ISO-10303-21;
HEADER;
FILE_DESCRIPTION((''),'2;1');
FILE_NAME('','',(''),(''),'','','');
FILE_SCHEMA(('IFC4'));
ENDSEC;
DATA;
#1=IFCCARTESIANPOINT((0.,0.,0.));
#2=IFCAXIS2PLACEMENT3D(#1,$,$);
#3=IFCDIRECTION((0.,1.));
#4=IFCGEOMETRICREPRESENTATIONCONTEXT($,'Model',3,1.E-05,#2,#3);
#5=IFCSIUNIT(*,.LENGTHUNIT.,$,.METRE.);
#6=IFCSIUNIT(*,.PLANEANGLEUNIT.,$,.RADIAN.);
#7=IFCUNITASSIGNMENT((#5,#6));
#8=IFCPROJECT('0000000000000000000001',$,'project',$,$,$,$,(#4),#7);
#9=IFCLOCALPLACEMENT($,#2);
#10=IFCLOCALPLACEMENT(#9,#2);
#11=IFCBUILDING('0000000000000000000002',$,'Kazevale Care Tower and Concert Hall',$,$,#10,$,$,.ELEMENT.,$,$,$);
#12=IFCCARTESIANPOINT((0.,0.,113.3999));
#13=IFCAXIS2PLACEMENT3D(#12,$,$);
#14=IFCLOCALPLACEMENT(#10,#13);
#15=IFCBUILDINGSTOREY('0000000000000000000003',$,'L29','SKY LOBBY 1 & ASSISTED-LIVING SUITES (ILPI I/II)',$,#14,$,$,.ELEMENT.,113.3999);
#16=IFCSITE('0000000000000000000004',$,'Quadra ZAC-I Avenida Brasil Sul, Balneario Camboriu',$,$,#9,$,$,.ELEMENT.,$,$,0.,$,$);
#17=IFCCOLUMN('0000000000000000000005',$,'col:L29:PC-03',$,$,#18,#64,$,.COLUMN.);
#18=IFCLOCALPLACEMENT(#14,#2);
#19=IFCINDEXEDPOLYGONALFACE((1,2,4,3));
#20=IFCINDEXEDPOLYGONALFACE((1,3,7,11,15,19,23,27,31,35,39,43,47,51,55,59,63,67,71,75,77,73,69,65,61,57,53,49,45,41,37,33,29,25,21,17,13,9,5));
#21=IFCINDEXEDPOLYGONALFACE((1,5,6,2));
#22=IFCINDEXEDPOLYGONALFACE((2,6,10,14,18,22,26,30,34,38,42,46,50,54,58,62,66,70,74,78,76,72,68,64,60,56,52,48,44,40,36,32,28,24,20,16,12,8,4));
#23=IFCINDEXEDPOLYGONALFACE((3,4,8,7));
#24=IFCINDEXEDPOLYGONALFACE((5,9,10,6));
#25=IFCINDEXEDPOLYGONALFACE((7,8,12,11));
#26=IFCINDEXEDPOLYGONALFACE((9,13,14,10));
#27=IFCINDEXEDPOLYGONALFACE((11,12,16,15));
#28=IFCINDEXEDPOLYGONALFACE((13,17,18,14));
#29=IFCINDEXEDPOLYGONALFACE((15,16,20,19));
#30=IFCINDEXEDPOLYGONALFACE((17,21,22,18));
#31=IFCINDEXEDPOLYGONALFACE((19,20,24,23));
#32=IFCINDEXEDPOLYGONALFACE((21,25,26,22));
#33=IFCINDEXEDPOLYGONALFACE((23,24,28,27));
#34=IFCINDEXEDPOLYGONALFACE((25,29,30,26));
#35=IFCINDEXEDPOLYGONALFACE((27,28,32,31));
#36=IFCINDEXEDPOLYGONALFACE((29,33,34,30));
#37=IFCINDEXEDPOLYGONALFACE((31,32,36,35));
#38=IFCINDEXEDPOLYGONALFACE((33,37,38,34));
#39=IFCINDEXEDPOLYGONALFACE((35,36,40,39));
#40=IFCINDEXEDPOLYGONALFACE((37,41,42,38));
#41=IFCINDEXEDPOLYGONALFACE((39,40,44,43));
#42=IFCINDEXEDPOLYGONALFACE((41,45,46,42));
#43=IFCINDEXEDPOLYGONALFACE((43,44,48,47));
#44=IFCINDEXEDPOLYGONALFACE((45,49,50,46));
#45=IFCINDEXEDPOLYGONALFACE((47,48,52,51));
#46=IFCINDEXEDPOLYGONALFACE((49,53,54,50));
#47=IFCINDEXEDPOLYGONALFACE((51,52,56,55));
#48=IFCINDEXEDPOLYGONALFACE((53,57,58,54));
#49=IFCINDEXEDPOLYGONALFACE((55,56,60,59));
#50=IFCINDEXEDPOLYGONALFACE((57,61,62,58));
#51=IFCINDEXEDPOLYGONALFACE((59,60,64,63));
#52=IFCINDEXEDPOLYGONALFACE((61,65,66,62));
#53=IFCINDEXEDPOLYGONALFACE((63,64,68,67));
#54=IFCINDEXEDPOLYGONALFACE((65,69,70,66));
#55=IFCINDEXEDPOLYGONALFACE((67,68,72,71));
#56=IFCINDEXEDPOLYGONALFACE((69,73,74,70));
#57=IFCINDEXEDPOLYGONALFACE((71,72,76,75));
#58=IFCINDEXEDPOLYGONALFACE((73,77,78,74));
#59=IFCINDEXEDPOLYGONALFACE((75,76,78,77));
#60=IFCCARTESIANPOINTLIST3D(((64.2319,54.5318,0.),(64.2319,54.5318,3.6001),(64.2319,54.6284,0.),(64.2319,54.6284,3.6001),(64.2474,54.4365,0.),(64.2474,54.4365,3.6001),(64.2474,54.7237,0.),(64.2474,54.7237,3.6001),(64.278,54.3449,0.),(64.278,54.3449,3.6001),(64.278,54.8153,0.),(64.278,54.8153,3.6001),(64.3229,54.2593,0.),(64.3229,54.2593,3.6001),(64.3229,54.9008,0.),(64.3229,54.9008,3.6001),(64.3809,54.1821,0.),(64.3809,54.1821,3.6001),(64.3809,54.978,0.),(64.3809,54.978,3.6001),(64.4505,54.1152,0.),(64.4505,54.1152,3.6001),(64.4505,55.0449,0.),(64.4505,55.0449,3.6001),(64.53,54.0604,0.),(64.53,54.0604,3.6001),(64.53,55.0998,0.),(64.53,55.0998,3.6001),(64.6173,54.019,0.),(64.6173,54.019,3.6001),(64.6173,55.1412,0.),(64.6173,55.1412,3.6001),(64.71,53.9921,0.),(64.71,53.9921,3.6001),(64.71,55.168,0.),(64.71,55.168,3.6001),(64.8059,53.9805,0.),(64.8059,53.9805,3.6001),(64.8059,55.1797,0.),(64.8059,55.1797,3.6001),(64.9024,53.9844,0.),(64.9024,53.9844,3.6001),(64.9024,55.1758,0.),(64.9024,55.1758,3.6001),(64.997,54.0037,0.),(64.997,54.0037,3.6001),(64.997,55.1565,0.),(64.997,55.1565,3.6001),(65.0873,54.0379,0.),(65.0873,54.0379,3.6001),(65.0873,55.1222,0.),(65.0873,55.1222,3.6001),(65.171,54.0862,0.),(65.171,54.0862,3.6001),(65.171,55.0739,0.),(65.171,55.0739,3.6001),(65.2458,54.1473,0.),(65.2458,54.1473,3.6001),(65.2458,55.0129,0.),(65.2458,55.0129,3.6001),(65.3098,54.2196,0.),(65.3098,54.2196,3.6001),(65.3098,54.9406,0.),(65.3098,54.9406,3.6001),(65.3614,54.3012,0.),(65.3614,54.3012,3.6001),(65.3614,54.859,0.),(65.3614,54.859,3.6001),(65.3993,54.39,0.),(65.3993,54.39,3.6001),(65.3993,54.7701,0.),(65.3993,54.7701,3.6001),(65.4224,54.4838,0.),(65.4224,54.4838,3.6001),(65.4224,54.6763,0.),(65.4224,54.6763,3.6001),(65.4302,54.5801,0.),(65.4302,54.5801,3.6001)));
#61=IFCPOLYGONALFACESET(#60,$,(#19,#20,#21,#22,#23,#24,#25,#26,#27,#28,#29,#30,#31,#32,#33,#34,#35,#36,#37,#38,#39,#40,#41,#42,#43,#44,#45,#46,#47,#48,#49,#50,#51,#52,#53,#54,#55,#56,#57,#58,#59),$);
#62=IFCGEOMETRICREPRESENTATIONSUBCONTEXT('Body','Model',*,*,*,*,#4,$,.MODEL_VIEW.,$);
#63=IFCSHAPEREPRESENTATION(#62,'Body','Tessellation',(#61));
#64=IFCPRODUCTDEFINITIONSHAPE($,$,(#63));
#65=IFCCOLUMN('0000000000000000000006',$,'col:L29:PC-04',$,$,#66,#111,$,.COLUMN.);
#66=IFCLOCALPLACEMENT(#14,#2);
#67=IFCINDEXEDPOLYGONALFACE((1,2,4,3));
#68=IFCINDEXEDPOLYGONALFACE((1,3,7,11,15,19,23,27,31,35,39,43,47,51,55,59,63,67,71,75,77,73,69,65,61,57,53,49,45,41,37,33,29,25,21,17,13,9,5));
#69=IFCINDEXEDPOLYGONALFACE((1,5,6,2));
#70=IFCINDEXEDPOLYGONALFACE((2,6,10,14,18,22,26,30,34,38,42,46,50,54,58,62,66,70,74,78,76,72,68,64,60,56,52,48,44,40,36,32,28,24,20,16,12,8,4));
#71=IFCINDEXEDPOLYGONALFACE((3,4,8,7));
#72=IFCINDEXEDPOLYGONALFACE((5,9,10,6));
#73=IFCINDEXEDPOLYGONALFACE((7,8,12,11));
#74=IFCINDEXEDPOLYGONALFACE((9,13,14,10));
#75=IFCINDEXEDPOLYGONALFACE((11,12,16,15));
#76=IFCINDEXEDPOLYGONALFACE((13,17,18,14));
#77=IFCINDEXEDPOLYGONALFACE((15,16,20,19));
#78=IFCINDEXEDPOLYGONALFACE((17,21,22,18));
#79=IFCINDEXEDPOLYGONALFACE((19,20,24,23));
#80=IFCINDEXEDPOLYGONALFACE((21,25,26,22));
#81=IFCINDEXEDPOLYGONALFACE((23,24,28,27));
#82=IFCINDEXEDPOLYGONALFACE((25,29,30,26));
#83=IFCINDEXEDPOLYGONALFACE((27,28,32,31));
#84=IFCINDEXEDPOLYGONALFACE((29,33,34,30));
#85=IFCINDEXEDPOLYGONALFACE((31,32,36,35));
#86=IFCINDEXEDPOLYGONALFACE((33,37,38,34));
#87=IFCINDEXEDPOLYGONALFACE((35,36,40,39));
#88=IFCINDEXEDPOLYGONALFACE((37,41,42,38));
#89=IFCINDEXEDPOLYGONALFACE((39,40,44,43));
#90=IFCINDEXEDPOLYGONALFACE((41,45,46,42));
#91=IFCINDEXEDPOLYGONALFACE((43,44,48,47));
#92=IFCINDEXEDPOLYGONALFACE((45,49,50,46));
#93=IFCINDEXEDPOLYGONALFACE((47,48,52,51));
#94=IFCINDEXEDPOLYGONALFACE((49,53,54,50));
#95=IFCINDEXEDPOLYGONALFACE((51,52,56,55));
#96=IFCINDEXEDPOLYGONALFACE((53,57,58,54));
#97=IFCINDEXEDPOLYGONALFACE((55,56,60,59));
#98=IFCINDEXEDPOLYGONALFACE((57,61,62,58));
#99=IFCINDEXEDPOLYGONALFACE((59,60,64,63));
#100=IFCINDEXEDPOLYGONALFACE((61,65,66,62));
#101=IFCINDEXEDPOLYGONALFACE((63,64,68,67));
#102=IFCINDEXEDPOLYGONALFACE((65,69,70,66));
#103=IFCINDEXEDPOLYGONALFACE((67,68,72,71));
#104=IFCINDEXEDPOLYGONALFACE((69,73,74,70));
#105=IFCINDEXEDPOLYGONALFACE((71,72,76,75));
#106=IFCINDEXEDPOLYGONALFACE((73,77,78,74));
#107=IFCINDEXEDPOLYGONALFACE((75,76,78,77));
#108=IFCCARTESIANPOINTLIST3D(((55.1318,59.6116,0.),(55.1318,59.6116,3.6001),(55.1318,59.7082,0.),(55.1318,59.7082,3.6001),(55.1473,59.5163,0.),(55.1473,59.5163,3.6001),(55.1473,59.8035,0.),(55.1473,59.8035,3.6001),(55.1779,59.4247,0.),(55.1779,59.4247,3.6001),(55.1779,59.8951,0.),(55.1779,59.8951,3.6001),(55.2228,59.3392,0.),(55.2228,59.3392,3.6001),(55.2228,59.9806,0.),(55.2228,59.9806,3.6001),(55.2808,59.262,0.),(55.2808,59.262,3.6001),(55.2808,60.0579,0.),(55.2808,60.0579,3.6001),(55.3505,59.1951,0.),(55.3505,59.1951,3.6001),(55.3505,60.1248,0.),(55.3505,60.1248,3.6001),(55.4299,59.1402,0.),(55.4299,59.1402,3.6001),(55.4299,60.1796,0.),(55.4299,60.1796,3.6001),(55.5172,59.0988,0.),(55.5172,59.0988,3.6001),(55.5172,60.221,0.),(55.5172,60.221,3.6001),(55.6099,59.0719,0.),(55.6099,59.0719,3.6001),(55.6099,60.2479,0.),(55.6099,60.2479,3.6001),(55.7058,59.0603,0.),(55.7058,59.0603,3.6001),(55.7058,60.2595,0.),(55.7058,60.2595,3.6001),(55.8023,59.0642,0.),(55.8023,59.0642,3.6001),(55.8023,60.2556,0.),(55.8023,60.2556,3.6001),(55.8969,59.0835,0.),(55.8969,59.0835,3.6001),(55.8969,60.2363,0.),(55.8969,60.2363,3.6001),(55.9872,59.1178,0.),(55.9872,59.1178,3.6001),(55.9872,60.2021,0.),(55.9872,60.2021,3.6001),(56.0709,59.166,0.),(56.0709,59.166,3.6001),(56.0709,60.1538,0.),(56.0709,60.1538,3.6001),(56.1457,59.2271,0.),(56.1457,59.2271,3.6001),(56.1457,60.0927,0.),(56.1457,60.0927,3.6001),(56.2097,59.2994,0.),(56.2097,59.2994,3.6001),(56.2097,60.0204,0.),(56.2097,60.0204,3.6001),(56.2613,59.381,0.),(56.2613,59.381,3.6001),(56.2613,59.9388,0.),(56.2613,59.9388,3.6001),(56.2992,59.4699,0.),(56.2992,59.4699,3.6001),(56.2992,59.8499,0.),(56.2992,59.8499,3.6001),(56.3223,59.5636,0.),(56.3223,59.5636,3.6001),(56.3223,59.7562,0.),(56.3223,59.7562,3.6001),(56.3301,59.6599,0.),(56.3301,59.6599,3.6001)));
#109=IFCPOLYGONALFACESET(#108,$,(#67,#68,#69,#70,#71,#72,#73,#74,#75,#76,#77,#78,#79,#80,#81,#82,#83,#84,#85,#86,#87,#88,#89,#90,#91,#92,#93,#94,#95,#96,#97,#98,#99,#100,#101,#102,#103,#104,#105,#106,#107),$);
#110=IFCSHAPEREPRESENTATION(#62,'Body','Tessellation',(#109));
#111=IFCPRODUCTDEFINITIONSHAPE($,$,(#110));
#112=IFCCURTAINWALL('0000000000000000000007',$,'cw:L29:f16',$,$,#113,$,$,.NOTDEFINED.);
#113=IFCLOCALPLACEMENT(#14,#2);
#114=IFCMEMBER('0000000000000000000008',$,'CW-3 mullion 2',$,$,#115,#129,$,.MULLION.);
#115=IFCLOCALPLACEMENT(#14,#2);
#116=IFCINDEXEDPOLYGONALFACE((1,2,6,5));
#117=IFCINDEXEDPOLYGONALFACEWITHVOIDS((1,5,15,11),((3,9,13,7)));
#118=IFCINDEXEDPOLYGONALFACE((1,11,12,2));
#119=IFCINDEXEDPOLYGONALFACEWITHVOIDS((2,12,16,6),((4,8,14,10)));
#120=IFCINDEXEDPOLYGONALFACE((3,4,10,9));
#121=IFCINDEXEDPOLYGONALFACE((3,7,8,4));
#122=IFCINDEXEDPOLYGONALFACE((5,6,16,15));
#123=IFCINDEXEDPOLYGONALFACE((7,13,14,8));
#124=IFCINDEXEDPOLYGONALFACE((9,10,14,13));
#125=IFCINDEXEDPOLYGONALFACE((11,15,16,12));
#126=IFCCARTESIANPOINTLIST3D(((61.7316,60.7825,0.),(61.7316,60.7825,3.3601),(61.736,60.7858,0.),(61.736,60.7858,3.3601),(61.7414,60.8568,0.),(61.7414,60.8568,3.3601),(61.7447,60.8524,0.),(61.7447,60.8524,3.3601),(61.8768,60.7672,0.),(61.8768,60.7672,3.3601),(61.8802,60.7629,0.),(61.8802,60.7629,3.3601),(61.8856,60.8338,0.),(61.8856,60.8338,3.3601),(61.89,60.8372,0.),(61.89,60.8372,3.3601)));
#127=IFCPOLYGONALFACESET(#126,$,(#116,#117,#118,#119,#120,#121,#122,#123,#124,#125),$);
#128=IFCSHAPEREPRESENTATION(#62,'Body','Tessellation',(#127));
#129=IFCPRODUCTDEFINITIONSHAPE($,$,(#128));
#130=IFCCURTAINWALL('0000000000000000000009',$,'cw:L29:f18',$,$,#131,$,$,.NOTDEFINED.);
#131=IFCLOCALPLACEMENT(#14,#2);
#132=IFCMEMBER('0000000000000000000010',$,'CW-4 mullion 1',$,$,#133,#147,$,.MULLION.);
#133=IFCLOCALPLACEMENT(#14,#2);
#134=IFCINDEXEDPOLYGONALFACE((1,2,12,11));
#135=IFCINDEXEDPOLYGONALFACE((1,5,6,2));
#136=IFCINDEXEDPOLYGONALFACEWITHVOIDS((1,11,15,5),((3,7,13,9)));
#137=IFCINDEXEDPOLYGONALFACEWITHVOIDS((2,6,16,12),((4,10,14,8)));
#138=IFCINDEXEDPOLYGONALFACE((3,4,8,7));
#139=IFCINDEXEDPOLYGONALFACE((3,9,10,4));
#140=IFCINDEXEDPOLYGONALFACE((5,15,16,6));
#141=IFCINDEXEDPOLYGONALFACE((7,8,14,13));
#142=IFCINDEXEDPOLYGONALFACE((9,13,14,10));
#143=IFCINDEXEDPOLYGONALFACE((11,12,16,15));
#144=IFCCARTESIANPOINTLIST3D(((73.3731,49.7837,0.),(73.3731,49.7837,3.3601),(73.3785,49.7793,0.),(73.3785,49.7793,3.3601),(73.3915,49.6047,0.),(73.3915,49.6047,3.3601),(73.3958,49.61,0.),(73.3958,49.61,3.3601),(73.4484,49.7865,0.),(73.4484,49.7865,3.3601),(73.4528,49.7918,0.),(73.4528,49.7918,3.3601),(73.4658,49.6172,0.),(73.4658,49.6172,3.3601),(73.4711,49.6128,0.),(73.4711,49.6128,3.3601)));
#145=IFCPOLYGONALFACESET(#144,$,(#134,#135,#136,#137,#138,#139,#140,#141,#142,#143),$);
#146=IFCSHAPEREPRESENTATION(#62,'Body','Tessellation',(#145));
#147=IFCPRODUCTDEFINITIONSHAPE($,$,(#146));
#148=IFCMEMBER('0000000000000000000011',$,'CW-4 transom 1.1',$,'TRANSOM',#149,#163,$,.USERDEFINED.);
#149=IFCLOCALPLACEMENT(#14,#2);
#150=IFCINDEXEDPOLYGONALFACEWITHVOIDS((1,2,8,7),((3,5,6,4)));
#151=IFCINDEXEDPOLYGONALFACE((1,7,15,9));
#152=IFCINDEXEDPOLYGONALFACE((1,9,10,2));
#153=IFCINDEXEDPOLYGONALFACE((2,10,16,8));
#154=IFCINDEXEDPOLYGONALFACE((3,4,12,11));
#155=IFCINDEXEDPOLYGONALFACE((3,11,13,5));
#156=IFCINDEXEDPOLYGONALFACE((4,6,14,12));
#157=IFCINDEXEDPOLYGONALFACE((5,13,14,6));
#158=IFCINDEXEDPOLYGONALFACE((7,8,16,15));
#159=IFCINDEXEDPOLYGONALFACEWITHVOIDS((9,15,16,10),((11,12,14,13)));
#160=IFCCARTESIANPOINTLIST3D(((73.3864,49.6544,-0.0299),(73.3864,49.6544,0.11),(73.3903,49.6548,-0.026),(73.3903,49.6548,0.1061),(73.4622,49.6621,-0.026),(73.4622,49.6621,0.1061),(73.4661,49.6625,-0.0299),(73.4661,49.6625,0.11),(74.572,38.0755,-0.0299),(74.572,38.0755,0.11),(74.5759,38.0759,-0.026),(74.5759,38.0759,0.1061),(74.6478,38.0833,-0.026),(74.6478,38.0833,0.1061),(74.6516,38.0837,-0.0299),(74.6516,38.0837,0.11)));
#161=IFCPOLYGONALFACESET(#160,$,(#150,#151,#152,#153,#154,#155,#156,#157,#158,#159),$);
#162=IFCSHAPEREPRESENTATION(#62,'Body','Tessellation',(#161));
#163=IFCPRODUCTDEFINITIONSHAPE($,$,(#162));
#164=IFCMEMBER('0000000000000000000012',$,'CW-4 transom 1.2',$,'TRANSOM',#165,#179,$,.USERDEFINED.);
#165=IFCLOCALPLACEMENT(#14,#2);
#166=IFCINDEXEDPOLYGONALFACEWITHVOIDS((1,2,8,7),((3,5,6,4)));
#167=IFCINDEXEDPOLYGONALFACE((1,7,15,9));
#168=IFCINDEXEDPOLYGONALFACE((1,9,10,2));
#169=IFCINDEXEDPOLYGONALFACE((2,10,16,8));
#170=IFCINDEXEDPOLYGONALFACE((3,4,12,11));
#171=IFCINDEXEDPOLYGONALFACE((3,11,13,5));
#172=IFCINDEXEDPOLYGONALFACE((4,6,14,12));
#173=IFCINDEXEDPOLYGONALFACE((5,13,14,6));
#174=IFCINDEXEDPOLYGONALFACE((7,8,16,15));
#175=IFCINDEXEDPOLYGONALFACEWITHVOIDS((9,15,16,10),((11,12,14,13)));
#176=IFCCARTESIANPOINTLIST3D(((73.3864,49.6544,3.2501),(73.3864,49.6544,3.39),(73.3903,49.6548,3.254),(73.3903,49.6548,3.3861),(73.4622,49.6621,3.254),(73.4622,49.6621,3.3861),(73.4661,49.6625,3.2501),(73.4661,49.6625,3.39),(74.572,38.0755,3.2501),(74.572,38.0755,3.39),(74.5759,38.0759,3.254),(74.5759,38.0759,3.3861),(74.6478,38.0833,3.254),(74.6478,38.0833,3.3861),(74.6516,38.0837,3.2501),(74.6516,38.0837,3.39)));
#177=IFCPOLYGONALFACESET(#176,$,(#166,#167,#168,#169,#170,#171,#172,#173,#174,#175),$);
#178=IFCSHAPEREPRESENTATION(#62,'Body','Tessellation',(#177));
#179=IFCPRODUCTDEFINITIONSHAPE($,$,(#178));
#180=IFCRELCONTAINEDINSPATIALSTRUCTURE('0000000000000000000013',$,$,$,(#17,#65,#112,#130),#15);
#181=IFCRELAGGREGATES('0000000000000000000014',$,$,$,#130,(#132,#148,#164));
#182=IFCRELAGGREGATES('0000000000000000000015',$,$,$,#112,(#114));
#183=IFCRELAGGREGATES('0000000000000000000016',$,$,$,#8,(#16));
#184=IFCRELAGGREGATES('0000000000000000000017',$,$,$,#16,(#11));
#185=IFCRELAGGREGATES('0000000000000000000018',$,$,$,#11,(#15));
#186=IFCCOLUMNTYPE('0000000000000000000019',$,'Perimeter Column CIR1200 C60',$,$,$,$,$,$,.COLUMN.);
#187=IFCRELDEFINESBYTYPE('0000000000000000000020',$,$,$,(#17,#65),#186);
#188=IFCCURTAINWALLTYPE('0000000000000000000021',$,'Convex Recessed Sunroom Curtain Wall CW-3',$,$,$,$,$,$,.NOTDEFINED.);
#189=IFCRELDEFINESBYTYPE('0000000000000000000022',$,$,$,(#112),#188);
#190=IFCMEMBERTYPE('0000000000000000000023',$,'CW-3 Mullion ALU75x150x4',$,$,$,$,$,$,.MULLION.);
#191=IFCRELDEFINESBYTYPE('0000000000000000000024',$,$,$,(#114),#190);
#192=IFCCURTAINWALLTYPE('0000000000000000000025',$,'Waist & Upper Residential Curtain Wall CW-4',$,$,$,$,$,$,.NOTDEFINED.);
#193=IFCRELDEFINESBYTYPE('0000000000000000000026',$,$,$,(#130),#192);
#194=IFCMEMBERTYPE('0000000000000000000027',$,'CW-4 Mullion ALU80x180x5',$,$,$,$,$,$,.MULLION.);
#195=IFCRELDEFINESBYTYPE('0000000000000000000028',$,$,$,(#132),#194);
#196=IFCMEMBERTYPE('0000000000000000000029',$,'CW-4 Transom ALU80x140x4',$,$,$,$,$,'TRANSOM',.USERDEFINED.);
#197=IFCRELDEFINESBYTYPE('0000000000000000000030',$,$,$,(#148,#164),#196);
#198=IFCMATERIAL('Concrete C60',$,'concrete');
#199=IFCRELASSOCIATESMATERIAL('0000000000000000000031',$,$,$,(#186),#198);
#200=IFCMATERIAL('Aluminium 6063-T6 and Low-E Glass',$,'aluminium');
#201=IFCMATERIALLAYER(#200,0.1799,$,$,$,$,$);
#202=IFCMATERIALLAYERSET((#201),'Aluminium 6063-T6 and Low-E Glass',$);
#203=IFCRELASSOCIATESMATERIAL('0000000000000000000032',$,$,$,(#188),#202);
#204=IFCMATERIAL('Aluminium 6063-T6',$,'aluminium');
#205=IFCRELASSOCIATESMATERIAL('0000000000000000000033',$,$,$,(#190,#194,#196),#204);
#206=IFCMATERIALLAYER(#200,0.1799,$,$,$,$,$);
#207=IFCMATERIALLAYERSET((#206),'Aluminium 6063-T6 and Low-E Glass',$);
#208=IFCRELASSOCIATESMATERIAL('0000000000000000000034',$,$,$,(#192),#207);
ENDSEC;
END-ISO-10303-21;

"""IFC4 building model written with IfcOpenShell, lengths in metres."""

from ifc_helpers import new_model, si_unit, direction, frame, origin, origin_2d, place, context, subcontext, project, spatial, hollow_rectangle, circle, extrude, material, layer, layer_set, material_profile, profile_set, type_object, element, aggregate, save


model = new_model("IFC4")

# Units and contexts
model_context = context("Model", 3, precision=1e-05, world=origin(), true_north=direction((0.0, 1.0)))
body_context = subcontext(model_context, "Body", "Model", "MODEL_VIEW")
ifc_project = project(units=[si_unit("LENGTHUNIT", "METRE"), si_unit("PLANEANGLEUNIT", "RADIAN")], contexts=[model_context])

# Site, building, storey
site_placement = place(None, origin())
site = spatial("IfcSite", under=ifc_project, at=site_placement, Name="Quadra ZAC-I Avenida Brasil Sul, Balneario Camboriu", CompositionType="ELEMENT", RefElevation=0.0)
building_placement = place(site_placement, origin())
building = spatial("IfcBuilding", under=site, at=building_placement, Name="Kazevale Care Tower and Concert Hall", CompositionType="ELEMENT")
storey_placement = place(building_placement, frame((0.0, 0.0, 113.3999)))
storey = spatial("IfcBuildingStorey", under=building, at=storey_placement, Name="L29", Description="SKY LOBBY 1 & ASSISTED-LIVING SUITES (ILPI I/II)", CompositionType="ELEMENT", Elevation=113.3999)

# Columns
ifc_material_1 = material(Name="Concrete C60", Category="concrete")
ifc_material_profile_1 = material_profile(ifc_material_1, circle(Radius=0.6001, at=origin_2d()), Name="RC-CIR1200")
ifc_profile_set_1 = profile_set([ifc_material_profile_1], Name="Concrete C60")
column_type = type_object("IfcColumnType", Name="Perimeter Column CIR1200 C60", PredefinedType="COLUMN", material=ifc_profile_set_1)
for number, where, z_axis, x_axis, name in (
    (1, (64.8301, 54.5801, 0.0), (0.0, 0.0, 1.0), (1.0, 0.0, 0.0), "col:L29:PC-03"),
    (2, (55.73, 59.6599, 0.0), (0.0, 0.0, 1.0), (1.0, 0.0, 0.0), "col:L29:PC-04"),
):
    element("IfcColumn", number, at=place(storey_placement, frame(where, z_axis=z_axis, x_axis=x_axis)), inside=storey, type_object=column_type, Name=name, PredefinedType="COLUMN", context=body_context, shape_type="SweptSolid", body=[
        extrude(circle(Radius=0.6001, at=origin_2d()), origin(), (0.0, 0.0, 1.0), 3.6001),
    ])

# Curtain wall, member
ifc_material_2 = material(Name="Aluminium 6063-T6 and Low-E Glass", Category="aluminium")
ifc_layer_1 = layer(ifc_material_2, 0.1799)
ifc_layer_set_1 = layer_set([ifc_layer_1], Name="Aluminium 6063-T6 and Low-E Glass")
curtain_wall_type_1 = type_object("IfcCurtainWallType", Name="Convex Recessed Sunroom Curtain Wall CW-3", PredefinedType="NOTDEFINED", material=ifc_layer_set_1)
curtain_wall_1_placement = place(storey_placement, origin())
curtain_wall_1 = element("IfcCurtainWall", 3, at=curtain_wall_1_placement, inside=storey, type_object=curtain_wall_type_1, Name="cw:L29:f16", PredefinedType="NOTDEFINED")
ifc_material_3 = material(Name="Aluminium 6063-T6", Category="aluminium")
ifc_material_profile_2 = material_profile(ifc_material_3, hollow_rectangle(XDim=0.075, YDim=0.1499, WallThickness=0.0039, at=origin_2d()), Name="ALU75x150x4")
ifc_profile_set_2 = profile_set([ifc_material_profile_2], Name="Aluminium 6063-T6")
member_type_1 = type_object("IfcMemberType", Name="CW-3 Mullion ALU75x150x4", PredefinedType="MULLION", material=ifc_profile_set_2)
member_1_placement = place(storey_placement, frame((61.8108, 60.8098, 0.0), z_axis=(0.0, 0.0, 1.0), x_axis=(0.130822, 0.991406, 0.0)))
member_1 = element("IfcMember", 4, at=member_1_placement, type_object=member_type_1, Name="CW-3 mullion 2", PredefinedType="MULLION", context=body_context, shape_type="SweptSolid", body=[
    extrude(hollow_rectangle(XDim=0.075, YDim=0.1499, WallThickness=0.0039, at=origin_2d()), origin(), (0.0, 0.0, 1.0), 3.3601),
])

# Curtain wall, members
ifc_layer_2 = layer(ifc_material_2, 0.1799)
ifc_layer_set_2 = layer_set([ifc_layer_2], Name="Aluminium 6063-T6 and Low-E Glass")
curtain_wall_type_2 = type_object("IfcCurtainWallType", Name="Waist & Upper Residential Curtain Wall CW-4", PredefinedType="NOTDEFINED", material=ifc_layer_set_2)
curtain_wall_2_placement = place(storey_placement, origin())
curtain_wall_2 = element("IfcCurtainWall", 5, at=curtain_wall_2_placement, inside=storey, type_object=curtain_wall_type_2, Name="cw:L29:f18", PredefinedType="NOTDEFINED")
ifc_material_profile_3 = material_profile(ifc_material_3, hollow_rectangle(XDim=0.0801, YDim=0.1799, WallThickness=0.0049, at=origin_2d()), Name="ALU80x180x5")
ifc_profile_set_3 = profile_set([ifc_material_profile_3], Name="Aluminium 6063-T6")
member_type_2 = type_object("IfcMemberType", Name="CW-4 Mullion ALU80x180x5", PredefinedType="MULLION", material=ifc_profile_set_3)
member_2_placement = place(storey_placement, frame((73.4221, 49.6982, 0.0), z_axis=(0.0, 0.0, 1.0), x_axis=(0.994798, 0.10187, 0.0)))
member_2 = element("IfcMember", 6, at=member_2_placement, type_object=member_type_2, Name="CW-4 mullion 1", PredefinedType="MULLION", context=body_context, shape_type="SweptSolid", body=[
    extrude(hollow_rectangle(XDim=0.0801, YDim=0.1799, WallThickness=0.0049, at=origin_2d()), origin(), (0.0, 0.0, 1.0), 3.3601),
])
ifc_material_profile_4 = material_profile(ifc_material_3, hollow_rectangle(XDim=0.0801, YDim=0.1399, WallThickness=0.0039, at=origin_2d()), Name="ALU80x140x4")
ifc_profile_set_4 = profile_set([ifc_material_profile_4], Name="Aluminium 6063-T6")
member_type_3 = type_object("IfcMemberType", Name="CW-4 Transom ALU80x140x4", ElementType="TRANSOM", PredefinedType="USERDEFINED", material=ifc_profile_set_4)
member_3_placement = place(storey_placement, frame((73.4263, 49.6584, 0.04), z_axis=(0.101856, -0.994799, 0.0), x_axis=(0.994799, 0.101856, 0.0)))
member_3 = element("IfcMember", 7, at=member_3_placement, type_object=member_type_3, Name="CW-4 transom 1.1", ObjectType="TRANSOM", PredefinedType="USERDEFINED", context=body_context, shape_type="SweptSolid", body=[
    extrude(hollow_rectangle(XDim=0.0801, YDim=0.1399, WallThickness=0.0039, at=origin_2d()), origin(), (0.0, 0.0, 1.0), 11.6394),
])
member_4_placement = place(storey_placement, frame((73.4263, 49.6584, 3.3201), z_axis=(0.101856, -0.994799, 0.0), x_axis=(0.994799, 0.101856, 0.0)))
member_4 = element("IfcMember", 8, at=member_4_placement, type_object=member_type_3, Name="CW-4 transom 1.2", ObjectType="TRANSOM", PredefinedType="USERDEFINED", context=body_context, shape_type="SweptSolid", body=[
    extrude(hollow_rectangle(XDim=0.0801, YDim=0.1399, WallThickness=0.0039, at=origin_2d()), origin(), (0.0, 0.0, 1.0), 11.6394),
])
aggregate(curtain_wall_2, [member_2, member_3, member_4])

aggregate(curtain_wall_1, [member_1])

save(model, "model.ifc")
